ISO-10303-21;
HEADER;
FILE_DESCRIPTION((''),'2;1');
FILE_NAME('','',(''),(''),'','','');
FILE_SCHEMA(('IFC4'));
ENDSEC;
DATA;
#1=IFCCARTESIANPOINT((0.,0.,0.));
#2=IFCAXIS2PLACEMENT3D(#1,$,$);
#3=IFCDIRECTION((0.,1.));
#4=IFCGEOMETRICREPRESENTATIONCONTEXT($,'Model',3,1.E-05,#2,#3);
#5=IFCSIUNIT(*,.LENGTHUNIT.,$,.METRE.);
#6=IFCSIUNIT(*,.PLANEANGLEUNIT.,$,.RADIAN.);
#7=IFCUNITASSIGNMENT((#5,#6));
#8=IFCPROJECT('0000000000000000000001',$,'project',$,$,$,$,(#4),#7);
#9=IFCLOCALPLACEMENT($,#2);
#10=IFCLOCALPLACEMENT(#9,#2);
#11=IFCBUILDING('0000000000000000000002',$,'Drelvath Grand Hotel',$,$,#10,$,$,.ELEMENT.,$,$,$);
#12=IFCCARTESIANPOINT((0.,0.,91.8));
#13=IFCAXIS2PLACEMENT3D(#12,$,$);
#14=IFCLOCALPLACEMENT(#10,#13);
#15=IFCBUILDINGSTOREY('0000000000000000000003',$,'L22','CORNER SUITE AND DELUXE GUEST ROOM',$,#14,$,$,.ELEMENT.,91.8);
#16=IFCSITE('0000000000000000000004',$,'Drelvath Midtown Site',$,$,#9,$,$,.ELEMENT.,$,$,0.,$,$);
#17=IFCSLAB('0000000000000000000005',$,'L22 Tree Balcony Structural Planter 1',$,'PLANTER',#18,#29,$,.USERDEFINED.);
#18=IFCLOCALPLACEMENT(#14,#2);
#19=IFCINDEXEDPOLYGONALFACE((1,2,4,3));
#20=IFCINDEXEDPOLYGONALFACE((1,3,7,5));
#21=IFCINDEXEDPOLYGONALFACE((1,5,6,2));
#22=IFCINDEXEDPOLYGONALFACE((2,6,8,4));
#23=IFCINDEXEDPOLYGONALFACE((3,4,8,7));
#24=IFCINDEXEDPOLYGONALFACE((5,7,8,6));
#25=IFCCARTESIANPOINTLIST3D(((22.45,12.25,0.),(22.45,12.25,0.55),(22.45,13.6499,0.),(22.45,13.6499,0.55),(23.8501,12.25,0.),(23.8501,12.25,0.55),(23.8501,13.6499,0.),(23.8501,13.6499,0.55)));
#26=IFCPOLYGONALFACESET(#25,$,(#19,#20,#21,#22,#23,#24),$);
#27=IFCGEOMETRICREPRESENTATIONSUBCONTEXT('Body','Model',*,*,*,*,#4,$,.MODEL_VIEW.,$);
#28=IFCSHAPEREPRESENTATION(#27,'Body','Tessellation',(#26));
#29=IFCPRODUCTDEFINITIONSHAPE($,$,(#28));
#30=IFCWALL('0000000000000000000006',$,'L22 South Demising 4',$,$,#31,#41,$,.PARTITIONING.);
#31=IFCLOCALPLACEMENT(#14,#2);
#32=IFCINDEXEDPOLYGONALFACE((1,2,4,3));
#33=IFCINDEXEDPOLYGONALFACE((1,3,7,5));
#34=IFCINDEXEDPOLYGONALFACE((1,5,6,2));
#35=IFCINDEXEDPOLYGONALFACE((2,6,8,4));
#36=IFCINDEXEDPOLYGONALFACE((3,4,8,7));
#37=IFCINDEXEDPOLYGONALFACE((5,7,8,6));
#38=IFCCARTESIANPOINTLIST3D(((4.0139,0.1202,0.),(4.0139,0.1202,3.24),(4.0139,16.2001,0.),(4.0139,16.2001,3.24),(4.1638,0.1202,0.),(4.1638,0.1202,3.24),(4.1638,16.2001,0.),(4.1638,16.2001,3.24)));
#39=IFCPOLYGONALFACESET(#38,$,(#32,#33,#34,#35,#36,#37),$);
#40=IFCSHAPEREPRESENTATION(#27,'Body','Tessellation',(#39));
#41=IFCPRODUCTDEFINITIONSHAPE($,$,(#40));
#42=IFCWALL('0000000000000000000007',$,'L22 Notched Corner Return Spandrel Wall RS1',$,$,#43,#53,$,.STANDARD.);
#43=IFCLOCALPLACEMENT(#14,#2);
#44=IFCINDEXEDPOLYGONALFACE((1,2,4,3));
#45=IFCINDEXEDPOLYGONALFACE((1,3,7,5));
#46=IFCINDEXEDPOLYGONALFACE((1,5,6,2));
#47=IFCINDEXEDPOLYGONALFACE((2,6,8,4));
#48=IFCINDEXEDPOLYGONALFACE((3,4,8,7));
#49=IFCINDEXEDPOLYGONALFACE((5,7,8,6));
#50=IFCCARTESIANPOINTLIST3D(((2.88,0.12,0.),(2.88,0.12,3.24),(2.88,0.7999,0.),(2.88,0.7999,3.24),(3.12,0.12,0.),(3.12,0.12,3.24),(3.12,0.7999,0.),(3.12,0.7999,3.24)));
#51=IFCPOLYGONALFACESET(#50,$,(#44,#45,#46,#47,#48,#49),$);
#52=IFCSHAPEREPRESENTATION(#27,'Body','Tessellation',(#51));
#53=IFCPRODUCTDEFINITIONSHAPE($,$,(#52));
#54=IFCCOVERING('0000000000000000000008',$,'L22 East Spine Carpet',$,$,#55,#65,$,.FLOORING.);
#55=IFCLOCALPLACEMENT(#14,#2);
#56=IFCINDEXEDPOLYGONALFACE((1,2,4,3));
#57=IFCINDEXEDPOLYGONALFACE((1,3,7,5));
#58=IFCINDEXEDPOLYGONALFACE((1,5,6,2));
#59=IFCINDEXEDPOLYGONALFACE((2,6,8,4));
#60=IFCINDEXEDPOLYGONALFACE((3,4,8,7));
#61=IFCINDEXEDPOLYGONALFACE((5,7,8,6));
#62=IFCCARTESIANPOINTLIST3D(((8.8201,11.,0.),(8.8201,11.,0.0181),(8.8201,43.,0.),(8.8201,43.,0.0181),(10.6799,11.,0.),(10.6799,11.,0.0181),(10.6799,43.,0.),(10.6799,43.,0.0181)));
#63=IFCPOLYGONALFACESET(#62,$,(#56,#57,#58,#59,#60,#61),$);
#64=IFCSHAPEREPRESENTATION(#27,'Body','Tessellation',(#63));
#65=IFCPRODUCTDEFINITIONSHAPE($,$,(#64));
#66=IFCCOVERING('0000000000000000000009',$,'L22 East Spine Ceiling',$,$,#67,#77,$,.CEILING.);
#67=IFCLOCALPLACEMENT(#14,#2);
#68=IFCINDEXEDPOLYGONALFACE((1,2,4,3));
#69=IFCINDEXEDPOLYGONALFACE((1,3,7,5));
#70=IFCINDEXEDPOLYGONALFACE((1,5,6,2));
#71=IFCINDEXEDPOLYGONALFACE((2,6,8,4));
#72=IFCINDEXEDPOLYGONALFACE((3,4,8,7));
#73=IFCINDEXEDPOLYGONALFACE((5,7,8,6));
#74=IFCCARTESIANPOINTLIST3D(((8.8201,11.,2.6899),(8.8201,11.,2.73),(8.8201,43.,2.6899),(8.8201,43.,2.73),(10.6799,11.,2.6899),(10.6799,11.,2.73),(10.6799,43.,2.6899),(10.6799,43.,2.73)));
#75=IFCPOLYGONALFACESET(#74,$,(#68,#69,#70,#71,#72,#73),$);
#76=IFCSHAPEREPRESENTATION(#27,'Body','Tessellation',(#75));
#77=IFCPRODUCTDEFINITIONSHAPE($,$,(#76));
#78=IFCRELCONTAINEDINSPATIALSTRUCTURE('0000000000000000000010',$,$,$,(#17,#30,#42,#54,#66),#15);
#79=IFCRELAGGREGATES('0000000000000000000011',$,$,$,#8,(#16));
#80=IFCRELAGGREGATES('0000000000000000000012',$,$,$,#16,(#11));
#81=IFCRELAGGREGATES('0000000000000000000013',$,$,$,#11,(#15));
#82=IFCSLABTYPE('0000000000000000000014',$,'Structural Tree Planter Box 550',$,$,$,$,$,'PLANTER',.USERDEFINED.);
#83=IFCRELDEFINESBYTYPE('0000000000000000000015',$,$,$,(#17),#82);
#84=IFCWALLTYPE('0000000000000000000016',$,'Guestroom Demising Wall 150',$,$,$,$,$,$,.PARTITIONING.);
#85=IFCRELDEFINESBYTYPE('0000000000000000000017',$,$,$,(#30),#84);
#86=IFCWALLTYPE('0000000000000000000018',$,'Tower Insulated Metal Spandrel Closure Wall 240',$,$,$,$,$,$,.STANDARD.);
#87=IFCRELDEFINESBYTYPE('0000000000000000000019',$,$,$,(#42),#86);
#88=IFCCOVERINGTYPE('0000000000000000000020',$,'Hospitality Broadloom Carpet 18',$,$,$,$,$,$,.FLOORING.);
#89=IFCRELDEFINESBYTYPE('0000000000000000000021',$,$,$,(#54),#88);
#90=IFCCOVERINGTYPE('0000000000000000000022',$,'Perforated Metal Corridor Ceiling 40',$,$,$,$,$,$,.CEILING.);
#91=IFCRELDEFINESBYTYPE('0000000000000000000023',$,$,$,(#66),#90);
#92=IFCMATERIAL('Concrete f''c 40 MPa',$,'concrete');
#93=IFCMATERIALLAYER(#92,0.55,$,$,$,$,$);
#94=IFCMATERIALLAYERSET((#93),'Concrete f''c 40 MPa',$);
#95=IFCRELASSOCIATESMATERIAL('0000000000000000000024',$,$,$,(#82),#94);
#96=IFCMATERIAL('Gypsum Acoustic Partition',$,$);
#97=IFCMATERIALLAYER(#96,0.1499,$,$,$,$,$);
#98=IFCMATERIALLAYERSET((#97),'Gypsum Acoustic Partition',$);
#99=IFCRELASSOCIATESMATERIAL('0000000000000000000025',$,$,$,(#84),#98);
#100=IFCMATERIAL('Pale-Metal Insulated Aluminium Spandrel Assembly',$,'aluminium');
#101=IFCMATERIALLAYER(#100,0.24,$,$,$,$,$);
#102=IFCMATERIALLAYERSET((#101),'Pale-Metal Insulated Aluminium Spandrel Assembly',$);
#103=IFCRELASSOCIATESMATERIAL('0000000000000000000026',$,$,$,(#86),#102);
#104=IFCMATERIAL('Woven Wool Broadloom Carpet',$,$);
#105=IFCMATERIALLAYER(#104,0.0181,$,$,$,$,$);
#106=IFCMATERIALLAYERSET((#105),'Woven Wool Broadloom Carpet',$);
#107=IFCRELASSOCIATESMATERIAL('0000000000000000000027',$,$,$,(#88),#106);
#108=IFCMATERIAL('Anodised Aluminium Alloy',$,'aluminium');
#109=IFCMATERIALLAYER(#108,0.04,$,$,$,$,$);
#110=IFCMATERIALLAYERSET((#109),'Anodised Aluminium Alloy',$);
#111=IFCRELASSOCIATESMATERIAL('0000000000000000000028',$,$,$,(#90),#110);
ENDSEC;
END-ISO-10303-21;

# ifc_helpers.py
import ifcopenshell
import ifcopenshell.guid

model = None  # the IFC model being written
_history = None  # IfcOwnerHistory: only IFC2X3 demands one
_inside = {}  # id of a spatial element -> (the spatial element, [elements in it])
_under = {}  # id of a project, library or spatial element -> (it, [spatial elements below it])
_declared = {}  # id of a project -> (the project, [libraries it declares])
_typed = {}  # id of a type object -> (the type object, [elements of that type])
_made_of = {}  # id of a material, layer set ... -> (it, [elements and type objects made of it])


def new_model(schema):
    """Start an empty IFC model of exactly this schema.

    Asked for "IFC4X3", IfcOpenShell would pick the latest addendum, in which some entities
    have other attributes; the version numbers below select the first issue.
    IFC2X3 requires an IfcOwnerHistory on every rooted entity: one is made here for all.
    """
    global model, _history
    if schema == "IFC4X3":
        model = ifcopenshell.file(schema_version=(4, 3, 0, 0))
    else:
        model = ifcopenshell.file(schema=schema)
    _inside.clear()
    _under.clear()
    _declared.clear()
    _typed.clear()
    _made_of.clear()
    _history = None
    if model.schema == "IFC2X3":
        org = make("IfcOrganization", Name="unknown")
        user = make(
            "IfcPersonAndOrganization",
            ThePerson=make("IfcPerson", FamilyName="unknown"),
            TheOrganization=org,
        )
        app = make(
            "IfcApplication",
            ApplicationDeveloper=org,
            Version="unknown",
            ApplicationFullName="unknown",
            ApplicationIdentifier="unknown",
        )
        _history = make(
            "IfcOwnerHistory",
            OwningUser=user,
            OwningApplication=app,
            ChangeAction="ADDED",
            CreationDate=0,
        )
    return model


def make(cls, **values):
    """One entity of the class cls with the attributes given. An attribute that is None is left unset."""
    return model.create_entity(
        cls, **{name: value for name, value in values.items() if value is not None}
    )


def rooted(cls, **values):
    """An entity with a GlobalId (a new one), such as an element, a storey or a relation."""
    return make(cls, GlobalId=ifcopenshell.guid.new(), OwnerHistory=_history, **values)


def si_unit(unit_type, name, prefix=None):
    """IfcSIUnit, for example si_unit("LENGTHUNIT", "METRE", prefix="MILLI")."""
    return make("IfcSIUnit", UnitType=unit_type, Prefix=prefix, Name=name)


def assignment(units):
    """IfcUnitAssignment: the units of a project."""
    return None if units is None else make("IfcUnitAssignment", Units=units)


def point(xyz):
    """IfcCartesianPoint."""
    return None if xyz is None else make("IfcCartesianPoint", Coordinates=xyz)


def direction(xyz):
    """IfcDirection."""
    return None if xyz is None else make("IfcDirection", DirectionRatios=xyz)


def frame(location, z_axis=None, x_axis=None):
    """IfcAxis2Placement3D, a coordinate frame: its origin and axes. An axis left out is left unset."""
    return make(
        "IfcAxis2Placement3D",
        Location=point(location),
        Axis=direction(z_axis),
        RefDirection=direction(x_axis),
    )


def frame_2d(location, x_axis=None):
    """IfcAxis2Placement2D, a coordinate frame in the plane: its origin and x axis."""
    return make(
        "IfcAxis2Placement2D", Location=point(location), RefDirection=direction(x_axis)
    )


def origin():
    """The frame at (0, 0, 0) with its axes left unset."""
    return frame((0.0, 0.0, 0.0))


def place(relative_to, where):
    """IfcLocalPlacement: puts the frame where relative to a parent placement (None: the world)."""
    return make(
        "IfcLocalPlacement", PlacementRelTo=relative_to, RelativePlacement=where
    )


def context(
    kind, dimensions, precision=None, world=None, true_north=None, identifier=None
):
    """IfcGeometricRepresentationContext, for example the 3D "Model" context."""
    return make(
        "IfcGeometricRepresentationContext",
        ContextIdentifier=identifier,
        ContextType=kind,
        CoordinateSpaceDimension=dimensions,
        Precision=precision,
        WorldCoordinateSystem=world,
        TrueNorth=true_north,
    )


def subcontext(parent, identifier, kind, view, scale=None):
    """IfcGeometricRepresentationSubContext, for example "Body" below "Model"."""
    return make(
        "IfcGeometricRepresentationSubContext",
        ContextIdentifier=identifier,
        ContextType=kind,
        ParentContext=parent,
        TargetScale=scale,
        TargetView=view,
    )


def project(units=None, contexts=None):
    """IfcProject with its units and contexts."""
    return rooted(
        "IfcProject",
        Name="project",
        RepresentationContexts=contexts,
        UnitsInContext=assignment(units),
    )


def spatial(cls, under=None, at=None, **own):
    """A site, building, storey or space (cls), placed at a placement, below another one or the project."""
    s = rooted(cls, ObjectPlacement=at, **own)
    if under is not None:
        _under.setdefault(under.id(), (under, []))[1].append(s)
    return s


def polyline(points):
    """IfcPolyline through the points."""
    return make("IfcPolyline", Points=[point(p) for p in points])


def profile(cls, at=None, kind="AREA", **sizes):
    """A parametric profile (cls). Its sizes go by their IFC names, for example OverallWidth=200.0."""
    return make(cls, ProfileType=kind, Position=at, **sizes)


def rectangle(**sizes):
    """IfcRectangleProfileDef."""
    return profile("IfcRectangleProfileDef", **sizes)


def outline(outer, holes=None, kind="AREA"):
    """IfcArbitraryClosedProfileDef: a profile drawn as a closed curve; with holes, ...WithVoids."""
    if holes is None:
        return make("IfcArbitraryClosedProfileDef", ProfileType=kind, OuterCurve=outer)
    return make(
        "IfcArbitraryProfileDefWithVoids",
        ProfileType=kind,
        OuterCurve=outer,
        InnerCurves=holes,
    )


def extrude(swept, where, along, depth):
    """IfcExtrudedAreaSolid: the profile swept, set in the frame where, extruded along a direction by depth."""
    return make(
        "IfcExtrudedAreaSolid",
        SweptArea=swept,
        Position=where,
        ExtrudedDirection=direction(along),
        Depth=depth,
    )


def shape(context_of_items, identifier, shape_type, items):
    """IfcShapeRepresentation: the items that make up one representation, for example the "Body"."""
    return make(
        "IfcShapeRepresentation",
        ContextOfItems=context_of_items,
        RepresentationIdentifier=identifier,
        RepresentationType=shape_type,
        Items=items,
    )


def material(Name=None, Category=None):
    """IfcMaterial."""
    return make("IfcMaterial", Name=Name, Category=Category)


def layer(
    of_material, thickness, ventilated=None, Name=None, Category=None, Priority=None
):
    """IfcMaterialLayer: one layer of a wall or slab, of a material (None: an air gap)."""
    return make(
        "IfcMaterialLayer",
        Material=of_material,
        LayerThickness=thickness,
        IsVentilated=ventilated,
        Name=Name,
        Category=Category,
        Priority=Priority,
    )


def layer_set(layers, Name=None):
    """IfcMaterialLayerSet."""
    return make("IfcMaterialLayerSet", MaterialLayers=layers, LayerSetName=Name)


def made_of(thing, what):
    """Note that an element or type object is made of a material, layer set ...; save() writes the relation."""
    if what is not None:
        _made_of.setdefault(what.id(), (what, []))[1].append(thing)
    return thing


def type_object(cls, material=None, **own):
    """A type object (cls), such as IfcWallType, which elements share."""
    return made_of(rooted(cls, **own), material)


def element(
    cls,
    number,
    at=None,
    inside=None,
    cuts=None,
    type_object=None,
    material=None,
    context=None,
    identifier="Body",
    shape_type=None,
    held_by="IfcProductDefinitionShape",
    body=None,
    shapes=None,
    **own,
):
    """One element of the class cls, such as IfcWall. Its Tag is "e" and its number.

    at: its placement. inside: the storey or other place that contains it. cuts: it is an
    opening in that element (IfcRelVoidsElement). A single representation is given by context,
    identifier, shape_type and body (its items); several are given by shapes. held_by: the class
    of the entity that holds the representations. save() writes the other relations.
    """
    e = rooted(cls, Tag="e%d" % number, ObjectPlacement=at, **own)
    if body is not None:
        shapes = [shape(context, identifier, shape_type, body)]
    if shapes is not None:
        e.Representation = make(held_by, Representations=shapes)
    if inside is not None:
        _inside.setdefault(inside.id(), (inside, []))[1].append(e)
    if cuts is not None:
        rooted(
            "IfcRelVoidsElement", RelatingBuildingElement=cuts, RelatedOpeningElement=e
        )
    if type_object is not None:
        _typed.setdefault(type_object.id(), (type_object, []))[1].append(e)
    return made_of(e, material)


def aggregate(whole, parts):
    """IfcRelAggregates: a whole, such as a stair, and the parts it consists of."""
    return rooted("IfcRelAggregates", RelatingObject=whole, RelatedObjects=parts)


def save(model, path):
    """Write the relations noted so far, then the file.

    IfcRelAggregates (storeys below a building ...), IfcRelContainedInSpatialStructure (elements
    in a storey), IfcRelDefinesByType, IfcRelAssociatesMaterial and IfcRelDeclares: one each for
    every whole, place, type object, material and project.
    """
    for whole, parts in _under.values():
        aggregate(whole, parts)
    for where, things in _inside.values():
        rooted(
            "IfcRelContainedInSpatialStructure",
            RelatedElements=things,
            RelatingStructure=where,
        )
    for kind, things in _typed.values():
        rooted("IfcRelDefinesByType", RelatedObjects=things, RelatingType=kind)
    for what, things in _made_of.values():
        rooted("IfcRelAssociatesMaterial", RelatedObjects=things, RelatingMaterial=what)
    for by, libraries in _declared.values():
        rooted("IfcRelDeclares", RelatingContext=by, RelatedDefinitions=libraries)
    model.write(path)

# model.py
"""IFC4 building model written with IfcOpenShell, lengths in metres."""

from ifc_helpers import new_model, si_unit, direction, frame, frame_2d, origin, place, context, subcontext, project, spatial, polyline, rectangle, outline, extrude, material, layer, layer_set, type_object, element, save


model = new_model("IFC4")

# Units and contexts
model_context = context("Model", 3, precision=1e-05, world=origin(), true_north=direction((0.0, 1.0)))
body_context = subcontext(model_context, "Body", "Model", "MODEL_VIEW")
ifc_project = project(units=[si_unit("LENGTHUNIT", "METRE"), si_unit("PLANEANGLEUNIT", "RADIAN")], contexts=[model_context])

# Site, building, storey
site_placement = place(None, origin())
site = spatial("IfcSite", under=ifc_project, at=site_placement, Name="Drelvath Midtown Site", CompositionType="ELEMENT", RefElevation=0.0)
building_placement = place(site_placement, origin())
building = spatial("IfcBuilding", under=site, at=building_placement, Name="Drelvath Grand Hotel", CompositionType="ELEMENT")
storey_placement = place(building_placement, frame((0.0, 0.0, 91.8)))
storey = spatial("IfcBuildingStorey", under=building, at=storey_placement, Name="L22", Description="CORNER SUITE AND DELUXE GUEST ROOM", CompositionType="ELEMENT", Elevation=91.8)

# Shared definitions
ifc_material_1 = material(Name="Concrete f'c 40 MPa", Category="concrete")

# Slab
ifc_layer_1 = layer(ifc_material_1, 0.55)
ifc_layer_set_1 = layer_set([ifc_layer_1], Name="Concrete f'c 40 MPa")
slab_type_1 = type_object("IfcSlabType", Name="Structural Tree Planter Box 550", ElementType="PLANTER", PredefinedType="USERDEFINED", material=ifc_layer_set_1)
slab_1_placement = place(storey_placement, origin())
element("IfcSlab", 1, at=slab_1_placement, inside=storey, type_object=slab_type_1, Name="L22 Tree Balcony Structural Planter 1", ObjectType="PLANTER", PredefinedType="USERDEFINED", context=body_context, shape_type="SweptSolid", body=[
    extrude(outline(polyline([(22.45, 12.25), (23.8501, 12.25), (23.8501, 13.6499), (22.45, 13.6499), (22.45, 12.25)])), origin(), (0.0, 0.0, 1.0), 0.55),
])

# Walls
ifc_material_2 = material(Name="Gypsum Acoustic Partition")
ifc_layer_2 = layer(ifc_material_2, 0.1499)
ifc_layer_set_2 = layer_set([ifc_layer_2], Name="Gypsum Acoustic Partition")
wall_type_1 = type_object("IfcWallType", Name="Guestroom Demising Wall 150", PredefinedType="PARTITIONING", material=ifc_layer_set_2)
wall_1_placement = place(storey_placement, frame((4.0889, 0.1201, 0.0), z_axis=(0.0, 0.0, 1.0), x_axis=(0.0, 1.0, 0.0)))
element("IfcWall", 2, at=wall_1_placement, inside=storey, type_object=wall_type_1, Name="L22 South Demising 4", PredefinedType="PARTITIONING", context=body_context, shape_type="SweptSolid", body=[
    extrude(rectangle(XDim=16.0798, YDim=0.1499, at=frame_2d((8.04, 0.0))), origin(), (0.0, 0.0, 1.0), 3.24),
])
ifc_material_3 = material(Name="Pale-Metal Insulated Aluminium Spandrel Assembly", Category="aluminium")
ifc_layer_3 = layer(ifc_material_3, 0.24)
ifc_layer_set_3 = layer_set([ifc_layer_3], Name="Pale-Metal Insulated Aluminium Spandrel Assembly")
wall_type_2 = type_object("IfcWallType", Name="Tower Insulated Metal Spandrel Closure Wall 240", PredefinedType="STANDARD", material=ifc_layer_set_3)
wall_2_placement = place(storey_placement, frame((3.0, 0.1201, 0.0), z_axis=(0.0, 0.0, 1.0), x_axis=(0.0, 1.0, 0.0)))
element("IfcWall", 3, at=wall_2_placement, inside=storey, type_object=wall_type_2, Name="L22 Notched Corner Return Spandrel Wall RS1", PredefinedType="STANDARD", context=body_context, shape_type="SweptSolid", body=[
    extrude(rectangle(XDim=0.6799, YDim=0.24, at=frame_2d((0.3398, 0.0))), origin(), (0.0, 0.0, 1.0), 3.24),
])

# Coverings
ifc_material_4 = material(Name="Woven Wool Broadloom Carpet")
ifc_layer_4 = layer(ifc_material_4, 0.0181)
ifc_layer_set_4 = layer_set([ifc_layer_4], Name="Woven Wool Broadloom Carpet")
covering_type_1 = type_object("IfcCoveringType", Name="Hospitality Broadloom Carpet 18", PredefinedType="FLOORING", material=ifc_layer_set_4)
covering_1_placement = place(storey_placement, origin())
element("IfcCovering", 4, at=covering_1_placement, inside=storey, type_object=covering_type_1, Name="L22 East Spine Carpet", PredefinedType="FLOORING", context=body_context, shape_type="SweptSolid", body=[
    extrude(outline(polyline([(10.6799, 11.0), (10.6799, 43.0), (8.8201, 43.0), (8.8201, 11.0), (10.6799, 11.0)])), origin(), (0.0, 0.0, 1.0), 0.0181),
])
ifc_material_5 = material(Name="Anodised Aluminium Alloy", Category="aluminium")
ifc_layer_5 = layer(ifc_material_5, 0.04)
ifc_layer_set_5 = layer_set([ifc_layer_5], Name="Anodised Aluminium Alloy")
covering_type_2 = type_object("IfcCoveringType", Name="Perforated Metal Corridor Ceiling 40", PredefinedType="CEILING", material=ifc_layer_set_5)
covering_2_placement = place(storey_placement, frame((0.0, 0.0, 2.6899)))
element("IfcCovering", 5, at=covering_2_placement, inside=storey, type_object=covering_type_2, Name="L22 East Spine Ceiling", PredefinedType="CEILING", context=body_context, shape_type="SweptSolid", body=[
    extrude(outline(polyline([(10.6799, 11.0), (10.6799, 43.0), (8.8201, 43.0), (8.8201, 11.0), (10.6799, 11.0)])), origin(), (0.0, 0.0, 1.0), 0.04),
])

save(model, "model.ifc")
